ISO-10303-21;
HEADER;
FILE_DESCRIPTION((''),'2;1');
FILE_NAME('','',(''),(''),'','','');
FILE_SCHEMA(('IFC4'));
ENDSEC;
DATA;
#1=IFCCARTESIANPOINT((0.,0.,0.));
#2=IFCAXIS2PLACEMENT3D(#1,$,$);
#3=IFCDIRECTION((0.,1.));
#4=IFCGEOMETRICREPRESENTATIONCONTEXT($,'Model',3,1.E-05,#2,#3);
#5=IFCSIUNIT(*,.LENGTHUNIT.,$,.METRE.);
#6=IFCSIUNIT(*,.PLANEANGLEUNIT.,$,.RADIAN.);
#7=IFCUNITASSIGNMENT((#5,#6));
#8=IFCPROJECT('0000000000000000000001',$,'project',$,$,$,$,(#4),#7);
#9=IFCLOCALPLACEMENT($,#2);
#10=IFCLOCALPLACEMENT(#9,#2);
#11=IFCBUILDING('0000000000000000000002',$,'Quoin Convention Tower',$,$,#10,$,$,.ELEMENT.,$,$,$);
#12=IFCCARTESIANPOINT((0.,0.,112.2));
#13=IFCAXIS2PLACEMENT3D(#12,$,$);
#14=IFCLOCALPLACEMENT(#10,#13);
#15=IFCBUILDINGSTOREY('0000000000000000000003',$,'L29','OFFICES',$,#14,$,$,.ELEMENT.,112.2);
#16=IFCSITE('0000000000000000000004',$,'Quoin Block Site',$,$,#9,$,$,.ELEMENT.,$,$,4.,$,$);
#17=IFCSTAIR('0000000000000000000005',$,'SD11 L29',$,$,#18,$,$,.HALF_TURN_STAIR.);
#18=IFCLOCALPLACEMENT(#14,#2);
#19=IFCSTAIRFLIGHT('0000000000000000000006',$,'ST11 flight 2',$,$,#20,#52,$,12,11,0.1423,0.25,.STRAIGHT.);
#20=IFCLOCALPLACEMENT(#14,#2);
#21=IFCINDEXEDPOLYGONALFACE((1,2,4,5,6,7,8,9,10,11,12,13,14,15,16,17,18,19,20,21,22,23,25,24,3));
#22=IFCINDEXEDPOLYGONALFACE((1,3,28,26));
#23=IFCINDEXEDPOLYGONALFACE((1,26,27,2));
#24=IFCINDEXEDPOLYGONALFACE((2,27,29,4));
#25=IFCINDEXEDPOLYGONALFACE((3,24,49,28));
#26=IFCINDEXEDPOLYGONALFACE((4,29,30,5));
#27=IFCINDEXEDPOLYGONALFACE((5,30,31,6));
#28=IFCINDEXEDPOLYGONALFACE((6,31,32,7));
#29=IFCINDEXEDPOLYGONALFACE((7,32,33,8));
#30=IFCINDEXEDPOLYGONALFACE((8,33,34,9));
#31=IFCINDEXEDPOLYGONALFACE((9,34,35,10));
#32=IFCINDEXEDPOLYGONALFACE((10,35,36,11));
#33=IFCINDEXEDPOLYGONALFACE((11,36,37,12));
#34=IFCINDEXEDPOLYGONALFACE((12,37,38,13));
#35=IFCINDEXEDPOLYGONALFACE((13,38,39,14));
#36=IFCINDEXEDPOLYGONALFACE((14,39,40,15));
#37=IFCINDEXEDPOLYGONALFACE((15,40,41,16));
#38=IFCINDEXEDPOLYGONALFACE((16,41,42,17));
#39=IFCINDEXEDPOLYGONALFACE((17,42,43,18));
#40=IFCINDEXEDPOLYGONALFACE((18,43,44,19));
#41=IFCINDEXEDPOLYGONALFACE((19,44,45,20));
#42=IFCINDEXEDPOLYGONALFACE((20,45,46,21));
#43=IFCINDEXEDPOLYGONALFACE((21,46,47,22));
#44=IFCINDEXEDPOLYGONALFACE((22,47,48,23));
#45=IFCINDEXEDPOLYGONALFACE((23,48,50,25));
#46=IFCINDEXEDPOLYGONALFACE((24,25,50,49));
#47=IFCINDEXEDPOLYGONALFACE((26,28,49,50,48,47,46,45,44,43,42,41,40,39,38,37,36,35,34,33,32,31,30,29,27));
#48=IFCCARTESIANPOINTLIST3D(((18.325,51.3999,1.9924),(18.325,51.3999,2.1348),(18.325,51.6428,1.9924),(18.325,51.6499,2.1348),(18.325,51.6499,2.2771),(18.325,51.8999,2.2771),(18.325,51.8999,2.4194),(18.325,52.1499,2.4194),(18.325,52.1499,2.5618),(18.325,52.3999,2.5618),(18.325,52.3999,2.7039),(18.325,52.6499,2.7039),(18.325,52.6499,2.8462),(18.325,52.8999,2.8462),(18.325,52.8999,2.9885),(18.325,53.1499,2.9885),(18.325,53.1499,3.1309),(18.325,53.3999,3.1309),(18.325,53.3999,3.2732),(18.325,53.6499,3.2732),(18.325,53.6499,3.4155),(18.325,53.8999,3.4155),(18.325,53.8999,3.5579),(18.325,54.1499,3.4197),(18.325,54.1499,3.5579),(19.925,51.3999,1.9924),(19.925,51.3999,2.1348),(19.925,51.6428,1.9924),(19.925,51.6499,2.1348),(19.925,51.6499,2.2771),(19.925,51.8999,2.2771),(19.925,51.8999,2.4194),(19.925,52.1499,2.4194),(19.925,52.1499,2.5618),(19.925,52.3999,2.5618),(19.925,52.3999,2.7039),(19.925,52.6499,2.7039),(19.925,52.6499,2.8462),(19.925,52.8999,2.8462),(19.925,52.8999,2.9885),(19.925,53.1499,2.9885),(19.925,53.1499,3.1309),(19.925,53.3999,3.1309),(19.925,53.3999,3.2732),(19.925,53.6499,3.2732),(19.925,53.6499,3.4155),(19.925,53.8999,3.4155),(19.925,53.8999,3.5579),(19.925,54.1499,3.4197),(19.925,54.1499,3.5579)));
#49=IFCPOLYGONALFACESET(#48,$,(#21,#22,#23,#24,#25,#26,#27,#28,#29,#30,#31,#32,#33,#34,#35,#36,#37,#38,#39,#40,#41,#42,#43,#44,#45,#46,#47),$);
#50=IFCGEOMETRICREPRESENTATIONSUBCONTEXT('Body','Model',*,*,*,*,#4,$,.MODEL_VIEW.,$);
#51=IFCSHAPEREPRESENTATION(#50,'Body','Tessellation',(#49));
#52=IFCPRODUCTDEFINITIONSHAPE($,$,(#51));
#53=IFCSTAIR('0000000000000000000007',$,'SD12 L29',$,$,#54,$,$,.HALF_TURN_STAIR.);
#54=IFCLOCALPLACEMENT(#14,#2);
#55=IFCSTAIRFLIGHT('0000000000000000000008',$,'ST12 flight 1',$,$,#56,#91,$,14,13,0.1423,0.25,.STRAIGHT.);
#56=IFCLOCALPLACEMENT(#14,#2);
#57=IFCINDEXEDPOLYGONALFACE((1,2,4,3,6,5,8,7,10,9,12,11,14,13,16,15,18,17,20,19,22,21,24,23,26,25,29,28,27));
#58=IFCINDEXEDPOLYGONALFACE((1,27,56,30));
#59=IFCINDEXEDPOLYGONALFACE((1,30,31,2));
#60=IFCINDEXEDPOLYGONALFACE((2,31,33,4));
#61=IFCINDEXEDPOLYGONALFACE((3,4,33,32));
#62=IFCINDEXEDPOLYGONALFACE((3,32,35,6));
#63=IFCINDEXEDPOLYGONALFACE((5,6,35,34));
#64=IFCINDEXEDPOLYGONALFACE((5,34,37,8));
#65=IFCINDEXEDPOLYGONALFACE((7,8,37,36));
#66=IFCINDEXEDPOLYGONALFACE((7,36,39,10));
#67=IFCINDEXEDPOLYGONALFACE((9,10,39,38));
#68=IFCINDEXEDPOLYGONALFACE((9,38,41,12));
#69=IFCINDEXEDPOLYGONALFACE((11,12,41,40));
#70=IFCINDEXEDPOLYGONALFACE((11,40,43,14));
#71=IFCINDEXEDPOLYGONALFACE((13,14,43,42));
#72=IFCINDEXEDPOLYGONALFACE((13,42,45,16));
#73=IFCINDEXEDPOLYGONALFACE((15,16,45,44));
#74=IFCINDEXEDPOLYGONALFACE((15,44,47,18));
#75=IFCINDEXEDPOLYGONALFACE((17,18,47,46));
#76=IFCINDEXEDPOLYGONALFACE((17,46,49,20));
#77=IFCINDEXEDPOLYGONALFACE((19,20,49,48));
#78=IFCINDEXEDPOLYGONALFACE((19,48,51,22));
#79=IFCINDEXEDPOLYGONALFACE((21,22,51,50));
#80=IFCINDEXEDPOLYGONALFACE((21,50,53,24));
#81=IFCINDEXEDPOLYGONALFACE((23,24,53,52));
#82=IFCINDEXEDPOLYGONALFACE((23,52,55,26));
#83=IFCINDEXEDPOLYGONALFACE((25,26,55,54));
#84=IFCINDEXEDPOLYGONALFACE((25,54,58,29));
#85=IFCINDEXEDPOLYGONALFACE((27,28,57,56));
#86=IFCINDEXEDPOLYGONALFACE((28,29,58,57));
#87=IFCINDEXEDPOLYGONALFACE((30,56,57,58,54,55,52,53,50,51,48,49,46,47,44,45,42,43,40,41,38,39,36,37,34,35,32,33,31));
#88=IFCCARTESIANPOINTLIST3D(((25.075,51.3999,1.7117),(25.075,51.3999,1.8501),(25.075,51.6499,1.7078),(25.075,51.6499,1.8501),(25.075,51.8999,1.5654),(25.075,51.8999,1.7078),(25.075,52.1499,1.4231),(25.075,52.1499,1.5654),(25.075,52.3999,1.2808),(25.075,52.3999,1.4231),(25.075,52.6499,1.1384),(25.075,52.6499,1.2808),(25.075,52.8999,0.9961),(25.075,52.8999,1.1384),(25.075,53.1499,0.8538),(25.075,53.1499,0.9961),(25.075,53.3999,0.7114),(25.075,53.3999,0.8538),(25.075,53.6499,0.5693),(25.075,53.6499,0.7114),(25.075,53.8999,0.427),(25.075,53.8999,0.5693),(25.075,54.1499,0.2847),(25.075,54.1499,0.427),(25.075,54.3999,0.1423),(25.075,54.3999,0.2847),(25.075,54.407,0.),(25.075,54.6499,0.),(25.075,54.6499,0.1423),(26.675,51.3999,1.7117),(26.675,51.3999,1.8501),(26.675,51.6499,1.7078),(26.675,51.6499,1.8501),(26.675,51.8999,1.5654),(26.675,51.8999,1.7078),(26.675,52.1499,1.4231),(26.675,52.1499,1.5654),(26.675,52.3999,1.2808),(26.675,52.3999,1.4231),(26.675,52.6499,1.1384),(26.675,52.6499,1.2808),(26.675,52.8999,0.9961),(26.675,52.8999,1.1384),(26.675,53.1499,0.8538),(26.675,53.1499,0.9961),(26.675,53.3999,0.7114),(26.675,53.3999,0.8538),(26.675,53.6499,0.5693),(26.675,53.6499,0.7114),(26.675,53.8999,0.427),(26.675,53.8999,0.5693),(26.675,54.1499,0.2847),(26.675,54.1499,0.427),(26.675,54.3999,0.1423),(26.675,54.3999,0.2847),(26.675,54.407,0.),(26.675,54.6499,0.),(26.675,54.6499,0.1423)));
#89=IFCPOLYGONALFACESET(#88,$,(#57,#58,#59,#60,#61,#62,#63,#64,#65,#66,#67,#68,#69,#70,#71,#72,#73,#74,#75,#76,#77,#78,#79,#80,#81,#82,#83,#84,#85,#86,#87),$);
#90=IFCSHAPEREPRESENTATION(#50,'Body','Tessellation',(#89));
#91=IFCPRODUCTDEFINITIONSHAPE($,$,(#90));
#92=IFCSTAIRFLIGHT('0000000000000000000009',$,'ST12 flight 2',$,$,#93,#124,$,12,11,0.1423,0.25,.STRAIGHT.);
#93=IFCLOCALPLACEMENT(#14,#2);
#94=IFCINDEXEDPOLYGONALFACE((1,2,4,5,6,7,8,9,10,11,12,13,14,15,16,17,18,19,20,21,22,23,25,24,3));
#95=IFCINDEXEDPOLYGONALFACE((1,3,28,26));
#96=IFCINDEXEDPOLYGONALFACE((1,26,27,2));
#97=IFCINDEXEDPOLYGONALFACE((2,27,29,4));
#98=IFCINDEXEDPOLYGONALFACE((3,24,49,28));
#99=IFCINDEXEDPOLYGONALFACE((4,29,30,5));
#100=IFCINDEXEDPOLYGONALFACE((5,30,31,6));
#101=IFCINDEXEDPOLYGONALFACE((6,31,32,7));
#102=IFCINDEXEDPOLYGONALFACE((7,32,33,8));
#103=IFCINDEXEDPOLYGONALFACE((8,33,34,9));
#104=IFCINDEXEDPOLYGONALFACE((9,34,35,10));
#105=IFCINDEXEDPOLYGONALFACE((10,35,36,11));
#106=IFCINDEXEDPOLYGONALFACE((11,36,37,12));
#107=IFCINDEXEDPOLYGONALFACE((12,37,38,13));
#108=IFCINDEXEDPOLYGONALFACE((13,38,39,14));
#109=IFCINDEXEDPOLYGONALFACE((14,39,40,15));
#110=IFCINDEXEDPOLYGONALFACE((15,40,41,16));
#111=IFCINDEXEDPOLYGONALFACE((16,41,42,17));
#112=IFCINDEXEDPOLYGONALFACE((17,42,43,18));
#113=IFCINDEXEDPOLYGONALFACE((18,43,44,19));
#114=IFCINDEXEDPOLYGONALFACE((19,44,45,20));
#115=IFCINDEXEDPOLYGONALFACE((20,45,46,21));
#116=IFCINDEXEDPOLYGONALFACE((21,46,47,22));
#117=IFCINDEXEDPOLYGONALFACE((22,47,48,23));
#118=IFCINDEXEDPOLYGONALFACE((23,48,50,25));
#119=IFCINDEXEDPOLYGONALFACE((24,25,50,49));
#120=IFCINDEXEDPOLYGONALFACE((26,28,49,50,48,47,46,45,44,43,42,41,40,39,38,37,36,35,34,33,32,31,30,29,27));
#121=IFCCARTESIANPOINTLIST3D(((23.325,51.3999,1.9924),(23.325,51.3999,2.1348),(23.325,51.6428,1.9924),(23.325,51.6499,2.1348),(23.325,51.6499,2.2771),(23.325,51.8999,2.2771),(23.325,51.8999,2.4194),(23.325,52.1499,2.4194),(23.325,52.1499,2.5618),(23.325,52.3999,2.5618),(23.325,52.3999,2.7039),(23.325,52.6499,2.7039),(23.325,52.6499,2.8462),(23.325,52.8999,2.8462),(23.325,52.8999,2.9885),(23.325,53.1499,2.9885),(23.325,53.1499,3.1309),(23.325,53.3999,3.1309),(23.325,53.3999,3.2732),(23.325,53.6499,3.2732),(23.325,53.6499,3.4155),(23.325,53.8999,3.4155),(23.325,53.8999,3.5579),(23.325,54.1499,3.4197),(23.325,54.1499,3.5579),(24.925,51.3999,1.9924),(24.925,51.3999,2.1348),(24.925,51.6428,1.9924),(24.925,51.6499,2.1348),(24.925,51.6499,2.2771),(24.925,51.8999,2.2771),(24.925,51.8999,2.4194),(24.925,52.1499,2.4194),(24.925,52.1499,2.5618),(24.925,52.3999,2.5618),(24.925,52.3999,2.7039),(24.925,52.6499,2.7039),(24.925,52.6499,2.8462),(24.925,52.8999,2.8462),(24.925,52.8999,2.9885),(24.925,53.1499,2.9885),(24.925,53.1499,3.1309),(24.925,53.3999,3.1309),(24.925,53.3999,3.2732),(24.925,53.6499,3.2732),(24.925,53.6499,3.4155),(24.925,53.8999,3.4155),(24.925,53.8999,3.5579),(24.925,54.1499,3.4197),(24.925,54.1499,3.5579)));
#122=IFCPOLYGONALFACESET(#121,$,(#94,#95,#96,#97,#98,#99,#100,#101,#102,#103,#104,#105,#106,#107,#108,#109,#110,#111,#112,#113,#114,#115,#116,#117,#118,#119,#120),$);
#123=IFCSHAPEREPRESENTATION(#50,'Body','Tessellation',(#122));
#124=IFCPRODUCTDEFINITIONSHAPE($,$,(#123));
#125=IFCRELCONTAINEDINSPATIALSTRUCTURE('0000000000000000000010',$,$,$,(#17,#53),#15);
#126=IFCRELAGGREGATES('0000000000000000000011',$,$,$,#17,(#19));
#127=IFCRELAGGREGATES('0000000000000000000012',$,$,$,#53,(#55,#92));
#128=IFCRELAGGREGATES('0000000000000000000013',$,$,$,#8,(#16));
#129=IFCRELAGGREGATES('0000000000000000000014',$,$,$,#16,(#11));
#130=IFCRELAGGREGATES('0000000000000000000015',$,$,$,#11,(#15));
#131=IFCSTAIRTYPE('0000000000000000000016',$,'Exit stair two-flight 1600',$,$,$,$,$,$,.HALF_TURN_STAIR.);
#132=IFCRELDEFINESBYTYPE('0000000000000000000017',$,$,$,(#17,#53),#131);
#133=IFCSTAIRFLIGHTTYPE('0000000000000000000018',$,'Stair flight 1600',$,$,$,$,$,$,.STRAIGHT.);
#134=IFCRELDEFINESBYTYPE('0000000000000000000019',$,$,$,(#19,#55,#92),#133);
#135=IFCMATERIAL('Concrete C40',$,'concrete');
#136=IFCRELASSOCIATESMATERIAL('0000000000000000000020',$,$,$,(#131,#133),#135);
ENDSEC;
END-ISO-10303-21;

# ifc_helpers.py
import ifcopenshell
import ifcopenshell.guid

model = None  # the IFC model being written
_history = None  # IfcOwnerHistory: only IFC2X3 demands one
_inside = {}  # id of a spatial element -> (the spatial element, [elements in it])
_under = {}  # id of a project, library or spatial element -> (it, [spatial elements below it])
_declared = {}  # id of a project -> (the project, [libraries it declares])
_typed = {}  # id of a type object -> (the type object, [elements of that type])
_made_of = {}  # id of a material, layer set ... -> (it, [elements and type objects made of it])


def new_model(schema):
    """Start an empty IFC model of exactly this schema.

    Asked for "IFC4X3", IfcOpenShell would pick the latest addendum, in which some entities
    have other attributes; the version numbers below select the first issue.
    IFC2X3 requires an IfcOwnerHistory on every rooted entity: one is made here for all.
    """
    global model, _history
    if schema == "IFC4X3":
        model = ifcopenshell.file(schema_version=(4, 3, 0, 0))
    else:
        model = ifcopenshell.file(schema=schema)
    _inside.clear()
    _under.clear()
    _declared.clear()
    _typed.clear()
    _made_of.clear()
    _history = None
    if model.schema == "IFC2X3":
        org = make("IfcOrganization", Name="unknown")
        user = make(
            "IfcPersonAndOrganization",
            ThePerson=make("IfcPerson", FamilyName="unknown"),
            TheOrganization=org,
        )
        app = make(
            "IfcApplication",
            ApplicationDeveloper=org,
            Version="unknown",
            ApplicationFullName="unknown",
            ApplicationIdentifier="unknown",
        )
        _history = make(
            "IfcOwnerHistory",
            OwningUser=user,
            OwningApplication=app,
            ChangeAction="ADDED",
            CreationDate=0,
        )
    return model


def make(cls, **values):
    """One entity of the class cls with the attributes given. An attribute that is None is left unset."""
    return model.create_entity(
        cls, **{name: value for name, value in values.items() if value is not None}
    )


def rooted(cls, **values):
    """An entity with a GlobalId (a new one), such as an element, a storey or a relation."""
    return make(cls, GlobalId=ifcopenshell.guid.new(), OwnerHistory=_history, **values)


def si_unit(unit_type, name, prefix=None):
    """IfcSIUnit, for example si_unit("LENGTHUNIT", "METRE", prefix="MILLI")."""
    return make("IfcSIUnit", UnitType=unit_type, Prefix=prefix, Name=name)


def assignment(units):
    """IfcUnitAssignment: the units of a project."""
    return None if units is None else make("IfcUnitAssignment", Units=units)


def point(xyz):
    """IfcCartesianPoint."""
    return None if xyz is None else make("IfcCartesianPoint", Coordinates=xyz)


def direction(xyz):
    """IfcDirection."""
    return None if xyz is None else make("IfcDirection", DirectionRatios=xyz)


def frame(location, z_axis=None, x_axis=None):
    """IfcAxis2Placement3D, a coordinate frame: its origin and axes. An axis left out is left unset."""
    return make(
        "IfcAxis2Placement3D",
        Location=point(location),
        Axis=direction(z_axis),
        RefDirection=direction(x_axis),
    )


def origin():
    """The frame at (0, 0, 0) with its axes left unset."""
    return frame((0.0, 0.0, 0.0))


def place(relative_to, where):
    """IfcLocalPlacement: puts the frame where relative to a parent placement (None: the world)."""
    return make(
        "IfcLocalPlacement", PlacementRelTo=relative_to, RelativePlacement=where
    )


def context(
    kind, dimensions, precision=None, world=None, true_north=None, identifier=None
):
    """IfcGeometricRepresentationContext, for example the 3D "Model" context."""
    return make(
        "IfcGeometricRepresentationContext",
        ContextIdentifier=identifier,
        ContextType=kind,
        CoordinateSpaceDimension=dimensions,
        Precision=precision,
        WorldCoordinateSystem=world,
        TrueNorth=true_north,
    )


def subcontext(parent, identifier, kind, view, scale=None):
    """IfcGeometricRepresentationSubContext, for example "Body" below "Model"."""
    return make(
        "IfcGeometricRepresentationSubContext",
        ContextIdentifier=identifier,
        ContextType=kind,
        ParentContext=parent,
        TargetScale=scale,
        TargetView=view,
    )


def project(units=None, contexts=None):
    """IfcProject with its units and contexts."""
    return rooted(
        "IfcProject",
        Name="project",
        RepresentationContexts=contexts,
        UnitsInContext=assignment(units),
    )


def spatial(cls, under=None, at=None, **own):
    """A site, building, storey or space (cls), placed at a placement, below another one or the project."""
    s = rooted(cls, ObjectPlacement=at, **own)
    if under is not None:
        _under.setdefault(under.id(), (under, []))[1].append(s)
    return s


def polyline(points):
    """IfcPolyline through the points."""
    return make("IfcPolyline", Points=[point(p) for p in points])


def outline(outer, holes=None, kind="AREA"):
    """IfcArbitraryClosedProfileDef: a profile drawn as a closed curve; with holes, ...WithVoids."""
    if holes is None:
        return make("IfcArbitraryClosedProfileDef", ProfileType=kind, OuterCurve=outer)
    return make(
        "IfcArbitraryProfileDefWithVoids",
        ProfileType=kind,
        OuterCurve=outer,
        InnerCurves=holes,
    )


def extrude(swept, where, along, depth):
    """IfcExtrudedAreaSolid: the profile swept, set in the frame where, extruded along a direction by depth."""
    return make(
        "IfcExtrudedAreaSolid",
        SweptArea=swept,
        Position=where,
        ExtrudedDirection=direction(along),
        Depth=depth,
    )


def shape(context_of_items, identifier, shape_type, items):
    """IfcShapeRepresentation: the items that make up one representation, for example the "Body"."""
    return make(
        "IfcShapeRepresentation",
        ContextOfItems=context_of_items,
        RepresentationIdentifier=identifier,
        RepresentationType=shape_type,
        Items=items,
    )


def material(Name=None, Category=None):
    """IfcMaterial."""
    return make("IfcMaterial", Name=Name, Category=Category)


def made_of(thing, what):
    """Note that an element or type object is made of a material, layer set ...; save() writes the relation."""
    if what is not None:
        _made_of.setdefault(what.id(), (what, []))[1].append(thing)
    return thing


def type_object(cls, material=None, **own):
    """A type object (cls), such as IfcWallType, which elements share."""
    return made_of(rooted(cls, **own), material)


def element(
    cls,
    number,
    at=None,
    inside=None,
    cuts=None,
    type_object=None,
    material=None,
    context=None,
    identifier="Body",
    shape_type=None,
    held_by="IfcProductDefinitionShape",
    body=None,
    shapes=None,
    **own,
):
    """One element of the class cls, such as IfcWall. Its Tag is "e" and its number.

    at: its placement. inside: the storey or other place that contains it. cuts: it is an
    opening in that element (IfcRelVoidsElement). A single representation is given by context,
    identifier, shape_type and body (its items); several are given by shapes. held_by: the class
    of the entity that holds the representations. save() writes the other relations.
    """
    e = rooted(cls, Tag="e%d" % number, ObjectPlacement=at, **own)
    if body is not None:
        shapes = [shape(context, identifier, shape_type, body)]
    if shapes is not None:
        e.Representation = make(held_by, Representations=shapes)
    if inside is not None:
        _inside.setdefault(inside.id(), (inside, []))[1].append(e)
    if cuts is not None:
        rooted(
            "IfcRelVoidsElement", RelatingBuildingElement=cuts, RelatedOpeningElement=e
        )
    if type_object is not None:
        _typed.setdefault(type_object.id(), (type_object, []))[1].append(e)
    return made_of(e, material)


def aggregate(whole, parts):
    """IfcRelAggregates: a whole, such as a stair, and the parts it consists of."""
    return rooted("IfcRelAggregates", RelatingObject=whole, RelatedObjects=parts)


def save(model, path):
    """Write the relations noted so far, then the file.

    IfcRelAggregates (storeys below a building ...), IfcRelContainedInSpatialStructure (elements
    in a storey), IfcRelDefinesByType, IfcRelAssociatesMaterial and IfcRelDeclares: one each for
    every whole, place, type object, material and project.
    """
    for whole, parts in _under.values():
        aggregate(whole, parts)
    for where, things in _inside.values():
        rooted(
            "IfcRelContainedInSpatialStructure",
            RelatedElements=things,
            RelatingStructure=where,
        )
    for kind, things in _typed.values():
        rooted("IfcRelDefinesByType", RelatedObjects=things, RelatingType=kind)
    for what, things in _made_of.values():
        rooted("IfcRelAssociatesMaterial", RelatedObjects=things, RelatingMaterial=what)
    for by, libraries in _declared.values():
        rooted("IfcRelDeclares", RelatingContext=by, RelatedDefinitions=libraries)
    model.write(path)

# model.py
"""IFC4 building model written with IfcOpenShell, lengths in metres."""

from ifc_helpers import new_model, si_unit, direction, frame, origin, place, context, subcontext, project, spatial, polyline, outline, extrude, material, type_object, element, aggregate, save


model = new_model("IFC4")

# Units and contexts
model_context = context("Model", 3, precision=1e-05, world=origin(), true_north=direction((0.0, 1.0)))
body_context = subcontext(model_context, "Body", "Model", "MODEL_VIEW")
ifc_project = project(units=[si_unit("LENGTHUNIT", "METRE"), si_unit("PLANEANGLEUNIT", "RADIAN")], contexts=[model_context])

# Site, building, storey
site_placement = place(None, origin())
site = spatial("IfcSite", under=ifc_project, at=site_placement, Name="Quoin Block Site", CompositionType="ELEMENT", RefElevation=4.0)
building_placement = place(site_placement, origin())
building = spatial("IfcBuilding", under=site, at=building_placement, Name="Quoin Convention Tower", CompositionType="ELEMENT")
storey_placement = place(building_placement, frame((0.0, 0.0, 112.2)))
storey = spatial("IfcBuildingStorey", under=building, at=storey_placement, Name="L29", Description="OFFICES", CompositionType="ELEMENT", Elevation=112.2)

# Shared definitions
ifc_material_1 = material(Name="Concrete C40", Category="concrete")

# Stairs, stair flights
stair_type_1 = type_object("IfcStairType", Name="Exit stair two-flight 1600", PredefinedType="HALF_TURN_STAIR", material=ifc_material_1)
stair_1_placement = place(storey_placement, origin())
stair_1 = element("IfcStair", 1, at=stair_1_placement, inside=storey, type_object=stair_type_1, Name="SD11 L29", PredefinedType="HALF_TURN_STAIR")
stair_flight_type_1 = type_object("IfcStairFlightType", Name="Stair flight 1600", PredefinedType="STRAIGHT", material=ifc_material_1)
stair_flight_1_placement = place(storey_placement, frame((19.125, 51.3999, 1.9924), z_axis=(0.0, 0.0, 1.0), x_axis=(0.0, 1.0, 0.0)))
stair_flight_1 = element("IfcStairFlight", 2, at=stair_flight_1_placement, type_object=stair_flight_type_1, Name="ST11 flight 2", NumberOfRisers=12, NumberOfTreads=11, PredefinedType="STRAIGHT", RiserHeight=0.1423, TreadLength=0.25, context=body_context, shape_type="SweptSolid", body=[
    extrude(outline(polyline([(0.0, 0.0), (0.0, 0.1423), (0.25, 0.1423), (0.25, 0.2847), (0.5, 0.2847), (0.5, 0.427), (0.75, 0.427), (0.75, 0.5693), (1.0, 0.5693), (1.0, 0.7114), (1.25, 0.7114), (1.25, 0.8538), (1.5, 0.8538), (1.5, 0.9961), (1.75, 0.9961), (1.75, 1.1384), (2.0, 1.1384), (2.0, 1.2808), (2.25, 1.2808), (2.25, 1.4231), (2.5, 1.4231), (2.5, 1.5654), (2.75, 1.5654), (2.75, 1.7078), (2.75, 1.4272), (0.2429, 0.0), (0.0, 0.0)])), frame((0.0, 0.8, 0.0), z_axis=(0.0, -1.0, 0.0), x_axis=(1.0, 0.0, 0.0)), (0.0, 0.0, 1.0), 1.6001),
])
aggregate(stair_1, [stair_flight_1])
stair_2_placement = place(storey_placement, origin())
stair_2 = element("IfcStair", 3, at=stair_2_placement, inside=storey, type_object=stair_type_1, Name="SD12 L29", PredefinedType="HALF_TURN_STAIR")
stair_flight_2_placement = place(storey_placement, frame((25.875, 54.6499, 0.0), z_axis=(0.0, 0.0, 1.0), x_axis=(0.0, -1.0, 0.0)))
stair_flight_2 = element("IfcStairFlight", 4, at=stair_flight_2_placement, type_object=stair_flight_type_1, Name="ST12 flight 1", NumberOfRisers=14, NumberOfTreads=13, PredefinedType="STRAIGHT", RiserHeight=0.1423, TreadLength=0.25, context=body_context, shape_type="SweptSolid", body=[
    extrude(outline(polyline([(0.0, 0.0), (0.0, 0.1423), (0.25, 0.1423), (0.25, 0.2847), (0.5, 0.2847), (0.5, 0.427), (0.75, 0.427), (0.75, 0.5693), (1.0, 0.5693), (1.0, 0.7114), (1.25, 0.7114), (1.25, 0.8538), (1.5, 0.8538), (1.5, 0.9961), (1.75, 0.9961), (1.75, 1.1384), (2.0, 1.1384), (2.0, 1.2808), (2.25, 1.2808), (2.25, 1.4231), (2.5, 1.4231), (2.5, 1.5654), (2.75, 1.5654), (2.75, 1.7078), (3.0, 1.7078), (3.0, 1.8501), (3.25, 1.8501), (3.25, 1.9922), (3.25, 1.7117), (0.2429, 0.0), (0.0, 0.0)])), frame((0.0, 0.8, 0.0), z_axis=(0.0, -1.0, 0.0), x_axis=(1.0, 0.0, 0.0)), (0.0, 0.0, 1.0), 1.6001),
])
stair_flight_3_placement = place(storey_placement, frame((24.125, 51.3999, 1.9924), z_axis=(0.0, 0.0, 1.0), x_axis=(0.0, 1.0, 0.0)))
stair_flight_3 = element("IfcStairFlight", 5, at=stair_flight_3_placement, type_object=stair_flight_type_1, Name="ST12 flight 2", NumberOfRisers=12, NumberOfTreads=11, PredefinedType="STRAIGHT", RiserHeight=0.1423, TreadLength=0.25, context=body_context, shape_type="SweptSolid", body=[
    extrude(outline(polyline([(0.0, 0.0), (0.0, 0.1423), (0.25, 0.1423), (0.25, 0.2847), (0.5, 0.2847), (0.5, 0.427), (0.75, 0.427), (0.75, 0.5693), (1.0, 0.5693), (1.0, 0.7114), (1.25, 0.7114), (1.25, 0.8538), (1.5, 0.8538), (1.5, 0.9961), (1.75, 0.9961), (1.75, 1.1384), (2.0, 1.1384), (2.0, 1.2808), (2.25, 1.2808), (2.25, 1.4231), (2.5, 1.4231), (2.5, 1.5654), (2.75, 1.5654), (2.75, 1.7078), (2.75, 1.4272), (0.2429, 0.0), (0.0, 0.0)])), frame((0.0, 0.8, 0.0), z_axis=(0.0, -1.0, 0.0), x_axis=(1.0, 0.0, 0.0)), (0.0, 0.0, 1.0), 1.6001),
])
aggregate(stair_2, [stair_flight_2, stair_flight_3])

save(model, "model.ifc")
